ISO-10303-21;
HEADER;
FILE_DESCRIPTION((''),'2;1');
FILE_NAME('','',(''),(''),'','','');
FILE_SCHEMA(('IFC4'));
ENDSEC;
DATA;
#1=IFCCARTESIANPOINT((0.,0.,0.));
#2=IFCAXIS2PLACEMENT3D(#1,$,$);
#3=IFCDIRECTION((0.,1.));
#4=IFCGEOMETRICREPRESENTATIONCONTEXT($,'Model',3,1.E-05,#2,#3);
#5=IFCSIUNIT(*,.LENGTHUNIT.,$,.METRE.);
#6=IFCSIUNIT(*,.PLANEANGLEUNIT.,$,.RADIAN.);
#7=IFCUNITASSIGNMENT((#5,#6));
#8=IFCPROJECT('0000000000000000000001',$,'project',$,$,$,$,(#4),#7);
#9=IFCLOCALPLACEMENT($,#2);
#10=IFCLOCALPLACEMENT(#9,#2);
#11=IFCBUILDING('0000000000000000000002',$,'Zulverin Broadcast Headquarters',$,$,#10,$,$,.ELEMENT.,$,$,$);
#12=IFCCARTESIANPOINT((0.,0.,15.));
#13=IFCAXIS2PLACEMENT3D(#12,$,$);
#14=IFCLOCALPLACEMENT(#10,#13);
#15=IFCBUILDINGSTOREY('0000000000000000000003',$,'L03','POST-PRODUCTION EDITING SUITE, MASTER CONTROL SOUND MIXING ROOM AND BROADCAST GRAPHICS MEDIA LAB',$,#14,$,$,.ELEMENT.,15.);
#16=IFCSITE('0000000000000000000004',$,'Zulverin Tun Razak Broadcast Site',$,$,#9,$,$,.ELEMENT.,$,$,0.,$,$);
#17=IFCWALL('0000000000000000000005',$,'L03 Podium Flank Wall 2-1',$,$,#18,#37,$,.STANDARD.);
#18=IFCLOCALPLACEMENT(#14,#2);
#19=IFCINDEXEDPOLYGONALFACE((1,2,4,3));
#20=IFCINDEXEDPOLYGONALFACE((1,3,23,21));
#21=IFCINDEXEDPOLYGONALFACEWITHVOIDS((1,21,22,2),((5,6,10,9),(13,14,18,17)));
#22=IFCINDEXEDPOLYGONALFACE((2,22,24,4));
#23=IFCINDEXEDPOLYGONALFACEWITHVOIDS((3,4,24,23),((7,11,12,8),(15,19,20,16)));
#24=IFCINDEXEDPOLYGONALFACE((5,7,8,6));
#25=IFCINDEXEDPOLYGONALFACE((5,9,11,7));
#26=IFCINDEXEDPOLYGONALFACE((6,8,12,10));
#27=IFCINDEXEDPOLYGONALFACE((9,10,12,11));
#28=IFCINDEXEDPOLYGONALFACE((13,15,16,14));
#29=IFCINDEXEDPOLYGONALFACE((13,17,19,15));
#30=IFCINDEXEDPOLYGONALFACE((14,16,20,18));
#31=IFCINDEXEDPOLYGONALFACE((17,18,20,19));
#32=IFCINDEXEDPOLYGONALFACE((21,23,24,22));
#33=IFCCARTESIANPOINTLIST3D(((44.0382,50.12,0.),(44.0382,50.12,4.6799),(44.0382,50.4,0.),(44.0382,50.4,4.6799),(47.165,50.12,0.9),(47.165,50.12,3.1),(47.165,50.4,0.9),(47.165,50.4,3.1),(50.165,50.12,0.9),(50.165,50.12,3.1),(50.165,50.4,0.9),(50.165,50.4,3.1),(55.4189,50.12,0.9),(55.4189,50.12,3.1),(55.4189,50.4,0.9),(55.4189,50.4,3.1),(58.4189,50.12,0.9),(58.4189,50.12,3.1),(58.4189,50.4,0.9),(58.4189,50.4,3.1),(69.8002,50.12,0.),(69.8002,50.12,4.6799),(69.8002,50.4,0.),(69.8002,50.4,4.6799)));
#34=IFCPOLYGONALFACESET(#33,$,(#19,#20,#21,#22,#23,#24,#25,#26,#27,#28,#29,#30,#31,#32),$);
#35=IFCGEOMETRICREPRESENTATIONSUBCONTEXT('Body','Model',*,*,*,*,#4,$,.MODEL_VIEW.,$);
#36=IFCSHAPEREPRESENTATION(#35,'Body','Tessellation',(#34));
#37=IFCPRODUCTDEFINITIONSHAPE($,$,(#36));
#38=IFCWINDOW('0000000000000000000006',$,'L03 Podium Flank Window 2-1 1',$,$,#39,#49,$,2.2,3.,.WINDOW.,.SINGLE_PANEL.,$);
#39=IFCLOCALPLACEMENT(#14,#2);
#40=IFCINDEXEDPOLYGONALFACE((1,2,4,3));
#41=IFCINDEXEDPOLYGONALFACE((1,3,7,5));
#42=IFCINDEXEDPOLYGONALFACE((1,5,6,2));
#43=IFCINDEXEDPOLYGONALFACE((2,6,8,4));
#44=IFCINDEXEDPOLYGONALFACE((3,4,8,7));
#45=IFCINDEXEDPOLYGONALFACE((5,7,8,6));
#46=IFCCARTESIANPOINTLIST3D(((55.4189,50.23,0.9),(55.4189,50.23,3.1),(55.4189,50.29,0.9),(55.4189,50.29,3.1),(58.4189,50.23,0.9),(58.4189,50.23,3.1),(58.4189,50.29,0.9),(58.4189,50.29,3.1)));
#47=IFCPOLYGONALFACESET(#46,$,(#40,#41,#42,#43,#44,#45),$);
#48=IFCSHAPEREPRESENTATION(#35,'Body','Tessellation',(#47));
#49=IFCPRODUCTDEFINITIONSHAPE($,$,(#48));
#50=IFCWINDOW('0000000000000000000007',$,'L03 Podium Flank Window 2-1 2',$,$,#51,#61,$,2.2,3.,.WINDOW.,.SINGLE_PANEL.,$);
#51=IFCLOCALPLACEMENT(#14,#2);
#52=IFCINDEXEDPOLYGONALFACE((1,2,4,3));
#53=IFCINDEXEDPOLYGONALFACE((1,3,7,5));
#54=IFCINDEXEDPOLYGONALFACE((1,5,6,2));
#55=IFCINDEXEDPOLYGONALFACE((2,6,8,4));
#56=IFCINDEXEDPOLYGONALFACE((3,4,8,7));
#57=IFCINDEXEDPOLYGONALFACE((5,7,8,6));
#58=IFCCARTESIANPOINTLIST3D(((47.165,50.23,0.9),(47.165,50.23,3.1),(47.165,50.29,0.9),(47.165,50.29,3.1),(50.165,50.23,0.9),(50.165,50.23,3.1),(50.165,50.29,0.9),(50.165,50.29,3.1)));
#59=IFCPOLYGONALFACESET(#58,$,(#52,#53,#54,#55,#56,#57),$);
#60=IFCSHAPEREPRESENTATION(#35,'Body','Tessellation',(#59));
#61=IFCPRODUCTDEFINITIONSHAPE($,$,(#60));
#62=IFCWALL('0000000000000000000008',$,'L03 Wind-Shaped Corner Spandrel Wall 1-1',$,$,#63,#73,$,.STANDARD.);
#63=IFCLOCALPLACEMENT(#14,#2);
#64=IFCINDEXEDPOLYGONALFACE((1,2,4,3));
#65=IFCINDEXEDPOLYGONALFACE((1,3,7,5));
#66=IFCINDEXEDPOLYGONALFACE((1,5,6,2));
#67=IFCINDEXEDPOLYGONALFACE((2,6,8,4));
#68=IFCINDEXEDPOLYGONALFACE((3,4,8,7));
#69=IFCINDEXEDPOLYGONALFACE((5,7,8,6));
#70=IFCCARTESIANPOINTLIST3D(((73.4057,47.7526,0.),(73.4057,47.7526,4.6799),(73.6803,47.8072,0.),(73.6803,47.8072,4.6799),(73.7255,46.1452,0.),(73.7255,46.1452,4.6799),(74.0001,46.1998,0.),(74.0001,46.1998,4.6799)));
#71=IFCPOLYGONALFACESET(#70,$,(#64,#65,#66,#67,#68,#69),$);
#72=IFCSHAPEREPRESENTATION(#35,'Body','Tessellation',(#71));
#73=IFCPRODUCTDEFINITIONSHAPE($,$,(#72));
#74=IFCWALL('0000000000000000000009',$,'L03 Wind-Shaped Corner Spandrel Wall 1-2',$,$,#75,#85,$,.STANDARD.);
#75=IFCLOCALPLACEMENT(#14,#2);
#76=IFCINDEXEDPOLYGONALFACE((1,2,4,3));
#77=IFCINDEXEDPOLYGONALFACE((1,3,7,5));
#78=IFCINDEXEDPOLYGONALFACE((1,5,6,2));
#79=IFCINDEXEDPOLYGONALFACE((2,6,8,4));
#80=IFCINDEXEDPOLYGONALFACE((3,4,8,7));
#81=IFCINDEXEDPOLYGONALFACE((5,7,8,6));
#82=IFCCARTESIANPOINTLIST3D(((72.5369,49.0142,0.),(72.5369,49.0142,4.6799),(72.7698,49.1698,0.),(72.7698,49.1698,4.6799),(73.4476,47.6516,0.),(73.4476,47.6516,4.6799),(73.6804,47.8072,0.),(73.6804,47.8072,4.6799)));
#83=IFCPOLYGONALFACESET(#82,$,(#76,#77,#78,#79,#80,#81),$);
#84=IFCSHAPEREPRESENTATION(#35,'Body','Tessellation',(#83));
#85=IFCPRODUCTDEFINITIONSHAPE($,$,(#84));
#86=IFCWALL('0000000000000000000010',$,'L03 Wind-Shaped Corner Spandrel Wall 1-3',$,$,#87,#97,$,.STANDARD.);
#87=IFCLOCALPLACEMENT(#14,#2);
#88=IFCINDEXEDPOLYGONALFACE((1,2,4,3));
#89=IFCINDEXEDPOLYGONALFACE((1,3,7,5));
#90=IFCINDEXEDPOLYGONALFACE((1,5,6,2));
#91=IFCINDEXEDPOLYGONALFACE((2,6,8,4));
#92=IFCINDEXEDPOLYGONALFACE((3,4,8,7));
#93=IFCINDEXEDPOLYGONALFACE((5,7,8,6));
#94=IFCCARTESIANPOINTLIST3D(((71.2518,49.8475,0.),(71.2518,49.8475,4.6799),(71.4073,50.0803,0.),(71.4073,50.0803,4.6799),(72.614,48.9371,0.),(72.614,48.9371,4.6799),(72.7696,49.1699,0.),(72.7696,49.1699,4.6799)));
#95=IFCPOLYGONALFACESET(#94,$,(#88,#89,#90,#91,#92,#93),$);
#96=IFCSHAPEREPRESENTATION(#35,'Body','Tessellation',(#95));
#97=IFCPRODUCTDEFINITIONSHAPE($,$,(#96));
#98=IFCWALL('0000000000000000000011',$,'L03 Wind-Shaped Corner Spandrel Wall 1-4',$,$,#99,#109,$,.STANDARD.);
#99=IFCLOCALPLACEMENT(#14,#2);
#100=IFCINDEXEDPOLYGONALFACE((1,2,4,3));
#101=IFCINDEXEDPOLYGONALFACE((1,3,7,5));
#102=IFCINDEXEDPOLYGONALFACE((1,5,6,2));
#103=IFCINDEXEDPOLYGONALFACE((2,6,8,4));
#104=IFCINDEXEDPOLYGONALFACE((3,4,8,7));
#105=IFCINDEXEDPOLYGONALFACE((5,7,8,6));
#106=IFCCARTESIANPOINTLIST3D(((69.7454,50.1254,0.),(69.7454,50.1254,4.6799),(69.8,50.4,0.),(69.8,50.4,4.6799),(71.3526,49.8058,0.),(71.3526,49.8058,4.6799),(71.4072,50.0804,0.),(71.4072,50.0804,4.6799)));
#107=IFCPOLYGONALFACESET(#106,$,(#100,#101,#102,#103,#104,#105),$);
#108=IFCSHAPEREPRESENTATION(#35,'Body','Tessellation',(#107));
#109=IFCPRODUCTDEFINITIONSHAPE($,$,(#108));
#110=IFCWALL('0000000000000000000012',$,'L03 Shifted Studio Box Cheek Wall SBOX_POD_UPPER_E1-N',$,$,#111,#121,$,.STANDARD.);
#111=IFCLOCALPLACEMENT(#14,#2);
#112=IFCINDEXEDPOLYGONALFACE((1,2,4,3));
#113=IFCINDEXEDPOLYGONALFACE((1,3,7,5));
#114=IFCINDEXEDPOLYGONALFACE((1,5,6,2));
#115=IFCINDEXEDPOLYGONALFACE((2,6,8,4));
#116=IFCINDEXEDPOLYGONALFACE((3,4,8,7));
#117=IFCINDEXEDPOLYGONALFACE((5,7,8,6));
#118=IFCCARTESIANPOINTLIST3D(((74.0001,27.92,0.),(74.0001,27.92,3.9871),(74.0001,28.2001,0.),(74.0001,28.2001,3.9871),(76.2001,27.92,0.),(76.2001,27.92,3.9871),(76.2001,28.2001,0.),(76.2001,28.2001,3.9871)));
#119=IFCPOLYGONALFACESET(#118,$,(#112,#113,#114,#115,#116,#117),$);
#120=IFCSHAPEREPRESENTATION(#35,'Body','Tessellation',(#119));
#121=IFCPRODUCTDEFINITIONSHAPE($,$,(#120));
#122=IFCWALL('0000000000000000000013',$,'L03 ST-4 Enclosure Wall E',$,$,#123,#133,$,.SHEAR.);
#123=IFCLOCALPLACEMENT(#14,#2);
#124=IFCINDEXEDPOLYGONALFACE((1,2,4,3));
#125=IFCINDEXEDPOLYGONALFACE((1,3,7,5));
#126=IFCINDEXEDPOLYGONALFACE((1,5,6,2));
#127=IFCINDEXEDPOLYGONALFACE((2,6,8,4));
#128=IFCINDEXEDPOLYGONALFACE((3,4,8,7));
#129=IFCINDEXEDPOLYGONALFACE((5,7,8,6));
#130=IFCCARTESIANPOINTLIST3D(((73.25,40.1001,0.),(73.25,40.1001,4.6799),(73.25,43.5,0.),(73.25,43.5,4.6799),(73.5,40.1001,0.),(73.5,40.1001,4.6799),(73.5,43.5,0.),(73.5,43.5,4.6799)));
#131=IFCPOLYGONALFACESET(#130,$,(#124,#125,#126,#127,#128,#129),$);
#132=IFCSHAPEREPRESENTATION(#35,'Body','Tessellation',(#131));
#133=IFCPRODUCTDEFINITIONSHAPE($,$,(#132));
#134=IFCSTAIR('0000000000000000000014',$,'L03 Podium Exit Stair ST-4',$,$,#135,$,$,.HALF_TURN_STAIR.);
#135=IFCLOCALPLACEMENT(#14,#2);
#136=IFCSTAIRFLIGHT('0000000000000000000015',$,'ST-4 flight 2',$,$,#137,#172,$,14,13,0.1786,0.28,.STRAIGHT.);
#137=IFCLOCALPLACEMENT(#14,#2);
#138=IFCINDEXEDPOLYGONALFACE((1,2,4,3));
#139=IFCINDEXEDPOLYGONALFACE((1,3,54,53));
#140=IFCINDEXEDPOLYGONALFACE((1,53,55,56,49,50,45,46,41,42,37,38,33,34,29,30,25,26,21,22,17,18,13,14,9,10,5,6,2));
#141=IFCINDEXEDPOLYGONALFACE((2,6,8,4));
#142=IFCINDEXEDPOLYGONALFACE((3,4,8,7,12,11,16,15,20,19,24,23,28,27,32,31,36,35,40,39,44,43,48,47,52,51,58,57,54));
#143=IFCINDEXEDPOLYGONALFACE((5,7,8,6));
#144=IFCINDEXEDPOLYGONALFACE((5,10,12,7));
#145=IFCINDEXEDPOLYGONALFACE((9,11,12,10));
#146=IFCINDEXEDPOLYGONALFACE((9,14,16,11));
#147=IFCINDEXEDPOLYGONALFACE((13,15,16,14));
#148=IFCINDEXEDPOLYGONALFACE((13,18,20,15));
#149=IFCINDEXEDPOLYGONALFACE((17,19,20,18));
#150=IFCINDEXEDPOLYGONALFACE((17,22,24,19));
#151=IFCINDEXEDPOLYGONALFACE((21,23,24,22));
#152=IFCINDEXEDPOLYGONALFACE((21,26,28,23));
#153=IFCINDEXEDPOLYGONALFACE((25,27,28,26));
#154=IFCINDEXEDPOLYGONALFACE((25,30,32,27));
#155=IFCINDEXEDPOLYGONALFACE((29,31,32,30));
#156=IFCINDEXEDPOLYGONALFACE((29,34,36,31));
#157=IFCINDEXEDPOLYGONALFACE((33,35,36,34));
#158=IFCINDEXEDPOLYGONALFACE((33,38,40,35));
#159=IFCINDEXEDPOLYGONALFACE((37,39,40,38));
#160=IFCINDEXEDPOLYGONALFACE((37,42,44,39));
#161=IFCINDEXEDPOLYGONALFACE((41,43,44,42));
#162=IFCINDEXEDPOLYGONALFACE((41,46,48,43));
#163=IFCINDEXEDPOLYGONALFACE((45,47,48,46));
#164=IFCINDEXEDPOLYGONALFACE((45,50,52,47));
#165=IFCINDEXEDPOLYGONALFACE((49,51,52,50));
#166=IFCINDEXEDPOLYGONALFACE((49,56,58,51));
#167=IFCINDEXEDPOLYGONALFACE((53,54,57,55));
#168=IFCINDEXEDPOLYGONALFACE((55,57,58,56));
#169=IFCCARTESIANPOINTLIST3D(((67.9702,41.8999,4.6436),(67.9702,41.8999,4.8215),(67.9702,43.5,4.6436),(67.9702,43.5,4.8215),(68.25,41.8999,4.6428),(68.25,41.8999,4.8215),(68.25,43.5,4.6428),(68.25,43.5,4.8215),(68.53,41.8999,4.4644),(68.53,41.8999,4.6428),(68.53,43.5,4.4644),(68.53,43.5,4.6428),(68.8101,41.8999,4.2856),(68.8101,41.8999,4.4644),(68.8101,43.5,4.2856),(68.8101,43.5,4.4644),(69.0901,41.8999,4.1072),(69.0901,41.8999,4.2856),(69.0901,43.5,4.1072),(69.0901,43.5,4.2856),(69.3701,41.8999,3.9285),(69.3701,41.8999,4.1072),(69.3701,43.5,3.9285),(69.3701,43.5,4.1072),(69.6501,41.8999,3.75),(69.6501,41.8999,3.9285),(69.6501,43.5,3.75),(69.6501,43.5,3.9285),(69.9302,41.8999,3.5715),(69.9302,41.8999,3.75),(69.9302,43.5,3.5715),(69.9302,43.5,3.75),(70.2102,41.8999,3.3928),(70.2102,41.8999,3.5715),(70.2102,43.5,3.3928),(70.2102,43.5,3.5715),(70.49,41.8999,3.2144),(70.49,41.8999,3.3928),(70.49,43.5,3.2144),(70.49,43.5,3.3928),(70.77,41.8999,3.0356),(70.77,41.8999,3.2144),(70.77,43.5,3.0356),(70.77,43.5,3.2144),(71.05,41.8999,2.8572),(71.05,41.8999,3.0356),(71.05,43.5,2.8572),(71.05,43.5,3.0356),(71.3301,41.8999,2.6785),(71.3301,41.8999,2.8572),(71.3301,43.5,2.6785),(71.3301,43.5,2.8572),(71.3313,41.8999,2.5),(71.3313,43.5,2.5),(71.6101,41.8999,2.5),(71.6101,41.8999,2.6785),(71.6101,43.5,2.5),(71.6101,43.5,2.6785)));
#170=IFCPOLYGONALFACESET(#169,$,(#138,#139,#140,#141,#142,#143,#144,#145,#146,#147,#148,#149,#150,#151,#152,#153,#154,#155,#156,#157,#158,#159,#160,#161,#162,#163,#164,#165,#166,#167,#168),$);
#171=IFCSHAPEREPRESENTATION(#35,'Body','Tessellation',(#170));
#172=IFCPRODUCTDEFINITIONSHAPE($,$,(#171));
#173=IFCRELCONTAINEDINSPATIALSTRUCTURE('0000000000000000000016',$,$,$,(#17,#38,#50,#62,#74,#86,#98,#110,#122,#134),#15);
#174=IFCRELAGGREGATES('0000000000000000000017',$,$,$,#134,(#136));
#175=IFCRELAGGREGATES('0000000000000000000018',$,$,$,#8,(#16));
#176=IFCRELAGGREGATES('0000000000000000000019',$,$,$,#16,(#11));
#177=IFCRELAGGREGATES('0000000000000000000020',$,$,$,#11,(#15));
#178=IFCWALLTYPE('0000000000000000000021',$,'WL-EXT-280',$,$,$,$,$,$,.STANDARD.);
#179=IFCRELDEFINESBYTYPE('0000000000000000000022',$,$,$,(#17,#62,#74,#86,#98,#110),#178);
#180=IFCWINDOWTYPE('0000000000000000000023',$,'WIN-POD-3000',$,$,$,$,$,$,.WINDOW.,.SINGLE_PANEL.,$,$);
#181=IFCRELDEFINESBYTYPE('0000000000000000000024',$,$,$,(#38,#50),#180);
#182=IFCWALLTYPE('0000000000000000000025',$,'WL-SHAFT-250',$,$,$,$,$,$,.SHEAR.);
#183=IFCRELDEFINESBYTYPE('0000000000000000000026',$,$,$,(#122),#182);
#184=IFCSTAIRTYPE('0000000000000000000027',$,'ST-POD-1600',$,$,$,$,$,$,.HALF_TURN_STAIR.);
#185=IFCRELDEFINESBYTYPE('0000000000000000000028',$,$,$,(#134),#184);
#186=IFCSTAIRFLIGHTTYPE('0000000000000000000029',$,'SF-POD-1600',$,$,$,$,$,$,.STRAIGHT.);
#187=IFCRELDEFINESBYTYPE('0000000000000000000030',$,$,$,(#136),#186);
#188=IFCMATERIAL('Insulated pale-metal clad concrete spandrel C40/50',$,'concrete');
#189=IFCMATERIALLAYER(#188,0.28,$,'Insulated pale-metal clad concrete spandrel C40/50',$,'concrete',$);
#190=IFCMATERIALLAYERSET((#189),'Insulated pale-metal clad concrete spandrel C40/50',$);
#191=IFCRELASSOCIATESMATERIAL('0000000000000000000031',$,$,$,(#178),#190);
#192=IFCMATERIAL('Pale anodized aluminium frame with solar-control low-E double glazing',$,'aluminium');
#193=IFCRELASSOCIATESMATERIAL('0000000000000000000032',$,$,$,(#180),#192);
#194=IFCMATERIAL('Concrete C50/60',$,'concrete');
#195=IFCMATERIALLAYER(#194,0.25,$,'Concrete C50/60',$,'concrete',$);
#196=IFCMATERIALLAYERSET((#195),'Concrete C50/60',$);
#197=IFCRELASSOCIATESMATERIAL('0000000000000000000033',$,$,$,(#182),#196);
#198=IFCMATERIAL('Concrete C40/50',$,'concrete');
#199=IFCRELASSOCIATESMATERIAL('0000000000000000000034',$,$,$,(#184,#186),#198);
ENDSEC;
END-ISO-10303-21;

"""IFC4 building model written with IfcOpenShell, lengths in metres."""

from ifc_helpers import new_model, si_unit, direction, frame, frame_2d, origin, place, context, subcontext, project, spatial, polyline, rectangle, outline, extrude, material, layer, layer_set, type_object, element, fill, aggregate, save


model = new_model("IFC4")

# Units and contexts
model_context = context("Model", 3, precision=1e-05, world=origin(), true_north=direction((0.0, 1.0)))
body_context = subcontext(model_context, "Body", "Model", "MODEL_VIEW")
ifc_project = project(units=[si_unit("LENGTHUNIT", "METRE"), si_unit("PLANEANGLEUNIT", "RADIAN")], contexts=[model_context])

# Site, building, storey
site_placement = place(None, origin())
site = spatial("IfcSite", under=ifc_project, at=site_placement, Name="Zulverin Tun Razak Broadcast Site", CompositionType="ELEMENT", RefElevation=0.0)
building_placement = place(site_placement, origin())
building = spatial("IfcBuilding", under=site, at=building_placement, Name="Zulverin Broadcast Headquarters", CompositionType="ELEMENT")
storey_placement = place(building_placement, frame((0.0, 0.0, 15.0)))
storey = spatial("IfcBuildingStorey", under=building, at=storey_placement, Name="L03", Description="POST-PRODUCTION EDITING SUITE, MASTER CONTROL SOUND MIXING ROOM AND BROADCAST GRAPHICS MEDIA LAB", CompositionType="ELEMENT", Elevation=15.0)

# Shared definitions
ifc_material_1 = material(Name="Concrete C40/50", Category="concrete")

# Wall, openings, windows
ifc_material_2 = material(Name="Insulated pale-metal clad concrete spandrel C40/50", Category="concrete")
ifc_layer_1 = layer(ifc_material_2, 0.28, Name="Insulated pale-metal clad concrete spandrel C40/50", Category="concrete")
ifc_layer_set_1 = layer_set([ifc_layer_1], Name="Insulated pale-metal clad concrete spandrel C40/50")
wall_type_1 = type_object("IfcWallType", Name="WL-EXT-280", PredefinedType="STANDARD", material=ifc_layer_set_1)
ifc_material_3 = material(Name="Pale anodized aluminium frame with solar-control low-E double glazing", Category="aluminium")
wall_1_placement = place(storey_placement, frame((69.8, 50.26, 0.0), z_axis=(0.0, 0.0, 1.0), x_axis=(-1.0, 0.0, 0.0)))
wall_1 = element("IfcWall", 1, at=wall_1_placement, inside=storey, type_object=wall_type_1, Name="L03 Podium Flank Wall 2-1", PredefinedType="STANDARD", context=body_context, shape_type="SweptSolid", body=[
    extrude(rectangle(XDim=25.762, YDim=0.28, at=frame_2d((12.8809, 0.0))), origin(), (0.0, 0.0, 1.0), 4.6799),
])
opening_1_placement = place(wall_1_placement, frame((11.3811, 0.0, 0.8999)))
opening_1 = element("IfcOpeningElement", 2, at=opening_1_placement, cuts=wall_1, PredefinedType="OPENING", context=body_context, shape_type="SweptSolid", body=[
    extrude(rectangle(XDim=3.0, YDim=2.2, at=frame_2d((1.5, 1.1001))), frame((0.0, 0.1499, 0.0), z_axis=(0.0, -1.0, 0.0), x_axis=(1.0, 0.0, 0.0)), (0.0, 0.0, 1.0), 0.3),
])
opening_2_placement = place(wall_1_placement, frame((19.635, 0.0, 0.8999)))
opening_2 = element("IfcOpeningElement", 3, at=opening_2_placement, cuts=wall_1, PredefinedType="OPENING", context=body_context, shape_type="SweptSolid", body=[
    extrude(rectangle(XDim=3.0, YDim=2.2, at=frame_2d((1.5, 1.1001))), frame((0.0, 0.1499, 0.0), z_axis=(0.0, -1.0, 0.0), x_axis=(1.0, 0.0, 0.0)), (0.0, 0.0, 1.0), 0.3),
])
window_type_1 = type_object("IfcWindowType", Name="WIN-POD-3000", PartitioningType="SINGLE_PANEL", PredefinedType="WINDOW", material=ifc_material_3)
window_1_placement = place(opening_1_placement, origin())
window_1 = element("IfcWindow", 4, at=window_1_placement, inside=storey, type_object=window_type_1, Name="L03 Podium Flank Window 2-1 1", OverallHeight=2.2, OverallWidth=3.0, PartitioningType="SINGLE_PANEL", PredefinedType="WINDOW", context=body_context, shape_type="SweptSolid", body=[
    extrude(rectangle(XDim=3.0, YDim=2.2, at=frame_2d((1.5, 1.1001))), frame((0.0, 0.03, 0.0), z_axis=(0.0, -1.0, 0.0), x_axis=(1.0, 0.0, 0.0)), (0.0, 0.0, 1.0), 0.0601),
])
fill(opening_1, window_1)
window_2_placement = place(opening_2_placement, origin())
window_2 = element("IfcWindow", 5, at=window_2_placement, inside=storey, type_object=window_type_1, Name="L03 Podium Flank Window 2-1 2", OverallHeight=2.2, OverallWidth=3.0, PartitioningType="SINGLE_PANEL", PredefinedType="WINDOW", context=body_context, shape_type="SweptSolid", body=[
    extrude(rectangle(XDim=3.0, YDim=2.2, at=frame_2d((1.5, 1.1001))), frame((0.0, 0.03, 0.0), z_axis=(0.0, -1.0, 0.0), x_axis=(1.0, 0.0, 0.0)), (0.0, 0.0, 1.0), 0.0601),
])
fill(opening_2, window_2)

# Walls
for number, where, z_axis, x_axis, name in (
    (6, (73.8628, 46.1726, 0.0), (0.0, 0.0, 1.0), (-0.195142, 0.980775, 0.0), "L03 Wind-Shaped Corner Spandrel Wall 1-1"),
    (7, (73.564, 47.7295, 0.0), (0.0, 0.0, 1.0), (-0.555662, 0.831408, 0.0), "L03 Wind-Shaped Corner Spandrel Wall 1-2"),
):
    element("IfcWall", number, at=place(storey_placement, frame(where, z_axis=z_axis, x_axis=x_axis)), inside=storey, type_object=wall_type_1, Name=name, PredefinedType="STANDARD", context=body_context, shape_type="SweptSolid", body=[
        extrude(rectangle(XDim=1.6389, YDim=0.28, at=frame_2d((0.8193, 0.0))), origin(), (0.0, 0.0, 1.0), 4.6799),
    ])
wall_2_placement = place(storey_placement, frame((72.6919, 49.0535, 0.0), z_axis=(0.0, 0.0, 1.0), x_axis=(-0.831431, 0.555628, 0.0)))
element("IfcWall", 8, at=wall_2_placement, inside=storey, type_object=wall_type_1, Name="L03 Wind-Shaped Corner Spandrel Wall 1-3", PredefinedType="STANDARD", context=body_context, shape_type="SweptSolid", body=[
    extrude(rectangle(XDim=1.6384, YDim=0.28, at=frame_2d((0.8193, 0.0))), origin(), (0.0, 0.0, 1.0), 4.6799),
])
wall_3_placement = place(storey_placement, frame((71.3799, 49.9431, 0.0), z_axis=(0.0, 0.0, 1.0), x_axis=(-0.980798, 0.195027, 0.0)))
element("IfcWall", 9, at=wall_3_placement, inside=storey, type_object=wall_type_1, Name="L03 Wind-Shaped Corner Spandrel Wall 1-4", PredefinedType="STANDARD", context=body_context, shape_type="SweptSolid", body=[
    extrude(rectangle(XDim=1.6387, YDim=0.28, at=frame_2d((0.8193, 0.0))), origin(), (0.0, 0.0, 1.0), 4.6799),
])
wall_4_placement = place(storey_placement, frame((74.0, 28.0601, 0.0), z_axis=(0.0, 0.0, 1.0), x_axis=(1.0, 0.0, 0.0)))
element("IfcWall", 10, at=wall_4_placement, inside=storey, type_object=wall_type_1, Name="L03 Shifted Studio Box Cheek Wall SBOX_POD_UPPER_E1-N", PredefinedType="STANDARD", context=body_context, shape_type="SweptSolid", body=[
    extrude(rectangle(XDim=2.2, YDim=0.28, at=frame_2d((1.1001, 0.0))), origin(), (0.0, 0.0, 1.0), 3.9871),
])
ifc_material_4 = material(Name="Concrete C50/60", Category="concrete")
ifc_layer_2 = layer(ifc_material_4, 0.25, Name="Concrete C50/60", Category="concrete")
ifc_layer_set_2 = layer_set([ifc_layer_2], Name="Concrete C50/60")
wall_type_2 = type_object("IfcWallType", Name="WL-SHAFT-250", PredefinedType="SHEAR", material=ifc_layer_set_2)
wall_5_placement = place(storey_placement, frame((73.375, 40.1001, 0.0), z_axis=(0.0, 0.0, 1.0), x_axis=(0.0, 1.0, 0.0)))
element("IfcWall", 11, at=wall_5_placement, inside=storey, type_object=wall_type_2, Name="L03 ST-4 Enclosure Wall E", PredefinedType="SHEAR", context=body_context, shape_type="SweptSolid", body=[
    extrude(rectangle(XDim=3.3999, YDim=0.25, at=frame_2d((1.7, 0.0))), origin(), (0.0, 0.0, 1.0), 4.6799),
])

# Stair, stair flight
stair_type = type_object("IfcStairType", Name="ST-POD-1600", PredefinedType="HALF_TURN_STAIR", material=ifc_material_1)
stair_placement = place(storey_placement, origin())
stair = element("IfcStair", 12, at=stair_placement, inside=storey, type_object=stair_type, Name="L03 Podium Exit Stair ST-4", PredefinedType="HALF_TURN_STAIR")
stair_flight_type = type_object("IfcStairFlightType", Name="SF-POD-1600", PredefinedType="STRAIGHT", material=ifc_material_1)
stair_flight_placement = place(storey_placement, frame((71.6101, 42.7, 2.5), z_axis=(0.0, 0.0, 1.0), x_axis=(-1.0, 0.0, 0.0)))
stair_flight = element("IfcStairFlight", 13, at=stair_flight_placement, type_object=stair_flight_type, Name="ST-4 flight 2", NumberOfRisers=14, NumberOfTreads=13, PredefinedType="STRAIGHT", RiserHeight=0.1786, TreadLength=0.28, context=body_context, shape_type="SweptSolid", body=[
    extrude(outline(polyline([(0.0, 0.0), (0.0, 0.1785), (0.28, 0.1785), (0.28, 0.3572), (0.5601, 0.3572), (0.5601, 0.5356), (0.8401, 0.5356), (0.8401, 0.7144), (1.1201, 0.7144), (1.1201, 0.8928), (1.3999, 0.8928), (1.3999, 1.0715), (1.6799, 1.0715), (1.6799, 1.25), (1.96, 1.25), (1.96, 1.4285), (2.24, 1.4285), (2.24, 1.6072), (2.52, 1.6072), (2.52, 1.7856), (2.8, 1.7856), (2.8, 1.9644), (3.0801, 1.9644), (3.0801, 2.1428), (3.3601, 2.1428), (3.3601, 2.3215), (3.6399, 2.3215), (3.6399, 2.5), (3.6399, 2.1436), (0.2788, 0.0), (0.0, 0.0)])), frame((0.0, 0.8, 0.0), z_axis=(0.0, -1.0, 0.0), x_axis=(1.0, 0.0, 0.0)), (0.0, 0.0, 1.0), 1.6001),
])
aggregate(stair, [stair_flight])

save(model, "model.ifc")
